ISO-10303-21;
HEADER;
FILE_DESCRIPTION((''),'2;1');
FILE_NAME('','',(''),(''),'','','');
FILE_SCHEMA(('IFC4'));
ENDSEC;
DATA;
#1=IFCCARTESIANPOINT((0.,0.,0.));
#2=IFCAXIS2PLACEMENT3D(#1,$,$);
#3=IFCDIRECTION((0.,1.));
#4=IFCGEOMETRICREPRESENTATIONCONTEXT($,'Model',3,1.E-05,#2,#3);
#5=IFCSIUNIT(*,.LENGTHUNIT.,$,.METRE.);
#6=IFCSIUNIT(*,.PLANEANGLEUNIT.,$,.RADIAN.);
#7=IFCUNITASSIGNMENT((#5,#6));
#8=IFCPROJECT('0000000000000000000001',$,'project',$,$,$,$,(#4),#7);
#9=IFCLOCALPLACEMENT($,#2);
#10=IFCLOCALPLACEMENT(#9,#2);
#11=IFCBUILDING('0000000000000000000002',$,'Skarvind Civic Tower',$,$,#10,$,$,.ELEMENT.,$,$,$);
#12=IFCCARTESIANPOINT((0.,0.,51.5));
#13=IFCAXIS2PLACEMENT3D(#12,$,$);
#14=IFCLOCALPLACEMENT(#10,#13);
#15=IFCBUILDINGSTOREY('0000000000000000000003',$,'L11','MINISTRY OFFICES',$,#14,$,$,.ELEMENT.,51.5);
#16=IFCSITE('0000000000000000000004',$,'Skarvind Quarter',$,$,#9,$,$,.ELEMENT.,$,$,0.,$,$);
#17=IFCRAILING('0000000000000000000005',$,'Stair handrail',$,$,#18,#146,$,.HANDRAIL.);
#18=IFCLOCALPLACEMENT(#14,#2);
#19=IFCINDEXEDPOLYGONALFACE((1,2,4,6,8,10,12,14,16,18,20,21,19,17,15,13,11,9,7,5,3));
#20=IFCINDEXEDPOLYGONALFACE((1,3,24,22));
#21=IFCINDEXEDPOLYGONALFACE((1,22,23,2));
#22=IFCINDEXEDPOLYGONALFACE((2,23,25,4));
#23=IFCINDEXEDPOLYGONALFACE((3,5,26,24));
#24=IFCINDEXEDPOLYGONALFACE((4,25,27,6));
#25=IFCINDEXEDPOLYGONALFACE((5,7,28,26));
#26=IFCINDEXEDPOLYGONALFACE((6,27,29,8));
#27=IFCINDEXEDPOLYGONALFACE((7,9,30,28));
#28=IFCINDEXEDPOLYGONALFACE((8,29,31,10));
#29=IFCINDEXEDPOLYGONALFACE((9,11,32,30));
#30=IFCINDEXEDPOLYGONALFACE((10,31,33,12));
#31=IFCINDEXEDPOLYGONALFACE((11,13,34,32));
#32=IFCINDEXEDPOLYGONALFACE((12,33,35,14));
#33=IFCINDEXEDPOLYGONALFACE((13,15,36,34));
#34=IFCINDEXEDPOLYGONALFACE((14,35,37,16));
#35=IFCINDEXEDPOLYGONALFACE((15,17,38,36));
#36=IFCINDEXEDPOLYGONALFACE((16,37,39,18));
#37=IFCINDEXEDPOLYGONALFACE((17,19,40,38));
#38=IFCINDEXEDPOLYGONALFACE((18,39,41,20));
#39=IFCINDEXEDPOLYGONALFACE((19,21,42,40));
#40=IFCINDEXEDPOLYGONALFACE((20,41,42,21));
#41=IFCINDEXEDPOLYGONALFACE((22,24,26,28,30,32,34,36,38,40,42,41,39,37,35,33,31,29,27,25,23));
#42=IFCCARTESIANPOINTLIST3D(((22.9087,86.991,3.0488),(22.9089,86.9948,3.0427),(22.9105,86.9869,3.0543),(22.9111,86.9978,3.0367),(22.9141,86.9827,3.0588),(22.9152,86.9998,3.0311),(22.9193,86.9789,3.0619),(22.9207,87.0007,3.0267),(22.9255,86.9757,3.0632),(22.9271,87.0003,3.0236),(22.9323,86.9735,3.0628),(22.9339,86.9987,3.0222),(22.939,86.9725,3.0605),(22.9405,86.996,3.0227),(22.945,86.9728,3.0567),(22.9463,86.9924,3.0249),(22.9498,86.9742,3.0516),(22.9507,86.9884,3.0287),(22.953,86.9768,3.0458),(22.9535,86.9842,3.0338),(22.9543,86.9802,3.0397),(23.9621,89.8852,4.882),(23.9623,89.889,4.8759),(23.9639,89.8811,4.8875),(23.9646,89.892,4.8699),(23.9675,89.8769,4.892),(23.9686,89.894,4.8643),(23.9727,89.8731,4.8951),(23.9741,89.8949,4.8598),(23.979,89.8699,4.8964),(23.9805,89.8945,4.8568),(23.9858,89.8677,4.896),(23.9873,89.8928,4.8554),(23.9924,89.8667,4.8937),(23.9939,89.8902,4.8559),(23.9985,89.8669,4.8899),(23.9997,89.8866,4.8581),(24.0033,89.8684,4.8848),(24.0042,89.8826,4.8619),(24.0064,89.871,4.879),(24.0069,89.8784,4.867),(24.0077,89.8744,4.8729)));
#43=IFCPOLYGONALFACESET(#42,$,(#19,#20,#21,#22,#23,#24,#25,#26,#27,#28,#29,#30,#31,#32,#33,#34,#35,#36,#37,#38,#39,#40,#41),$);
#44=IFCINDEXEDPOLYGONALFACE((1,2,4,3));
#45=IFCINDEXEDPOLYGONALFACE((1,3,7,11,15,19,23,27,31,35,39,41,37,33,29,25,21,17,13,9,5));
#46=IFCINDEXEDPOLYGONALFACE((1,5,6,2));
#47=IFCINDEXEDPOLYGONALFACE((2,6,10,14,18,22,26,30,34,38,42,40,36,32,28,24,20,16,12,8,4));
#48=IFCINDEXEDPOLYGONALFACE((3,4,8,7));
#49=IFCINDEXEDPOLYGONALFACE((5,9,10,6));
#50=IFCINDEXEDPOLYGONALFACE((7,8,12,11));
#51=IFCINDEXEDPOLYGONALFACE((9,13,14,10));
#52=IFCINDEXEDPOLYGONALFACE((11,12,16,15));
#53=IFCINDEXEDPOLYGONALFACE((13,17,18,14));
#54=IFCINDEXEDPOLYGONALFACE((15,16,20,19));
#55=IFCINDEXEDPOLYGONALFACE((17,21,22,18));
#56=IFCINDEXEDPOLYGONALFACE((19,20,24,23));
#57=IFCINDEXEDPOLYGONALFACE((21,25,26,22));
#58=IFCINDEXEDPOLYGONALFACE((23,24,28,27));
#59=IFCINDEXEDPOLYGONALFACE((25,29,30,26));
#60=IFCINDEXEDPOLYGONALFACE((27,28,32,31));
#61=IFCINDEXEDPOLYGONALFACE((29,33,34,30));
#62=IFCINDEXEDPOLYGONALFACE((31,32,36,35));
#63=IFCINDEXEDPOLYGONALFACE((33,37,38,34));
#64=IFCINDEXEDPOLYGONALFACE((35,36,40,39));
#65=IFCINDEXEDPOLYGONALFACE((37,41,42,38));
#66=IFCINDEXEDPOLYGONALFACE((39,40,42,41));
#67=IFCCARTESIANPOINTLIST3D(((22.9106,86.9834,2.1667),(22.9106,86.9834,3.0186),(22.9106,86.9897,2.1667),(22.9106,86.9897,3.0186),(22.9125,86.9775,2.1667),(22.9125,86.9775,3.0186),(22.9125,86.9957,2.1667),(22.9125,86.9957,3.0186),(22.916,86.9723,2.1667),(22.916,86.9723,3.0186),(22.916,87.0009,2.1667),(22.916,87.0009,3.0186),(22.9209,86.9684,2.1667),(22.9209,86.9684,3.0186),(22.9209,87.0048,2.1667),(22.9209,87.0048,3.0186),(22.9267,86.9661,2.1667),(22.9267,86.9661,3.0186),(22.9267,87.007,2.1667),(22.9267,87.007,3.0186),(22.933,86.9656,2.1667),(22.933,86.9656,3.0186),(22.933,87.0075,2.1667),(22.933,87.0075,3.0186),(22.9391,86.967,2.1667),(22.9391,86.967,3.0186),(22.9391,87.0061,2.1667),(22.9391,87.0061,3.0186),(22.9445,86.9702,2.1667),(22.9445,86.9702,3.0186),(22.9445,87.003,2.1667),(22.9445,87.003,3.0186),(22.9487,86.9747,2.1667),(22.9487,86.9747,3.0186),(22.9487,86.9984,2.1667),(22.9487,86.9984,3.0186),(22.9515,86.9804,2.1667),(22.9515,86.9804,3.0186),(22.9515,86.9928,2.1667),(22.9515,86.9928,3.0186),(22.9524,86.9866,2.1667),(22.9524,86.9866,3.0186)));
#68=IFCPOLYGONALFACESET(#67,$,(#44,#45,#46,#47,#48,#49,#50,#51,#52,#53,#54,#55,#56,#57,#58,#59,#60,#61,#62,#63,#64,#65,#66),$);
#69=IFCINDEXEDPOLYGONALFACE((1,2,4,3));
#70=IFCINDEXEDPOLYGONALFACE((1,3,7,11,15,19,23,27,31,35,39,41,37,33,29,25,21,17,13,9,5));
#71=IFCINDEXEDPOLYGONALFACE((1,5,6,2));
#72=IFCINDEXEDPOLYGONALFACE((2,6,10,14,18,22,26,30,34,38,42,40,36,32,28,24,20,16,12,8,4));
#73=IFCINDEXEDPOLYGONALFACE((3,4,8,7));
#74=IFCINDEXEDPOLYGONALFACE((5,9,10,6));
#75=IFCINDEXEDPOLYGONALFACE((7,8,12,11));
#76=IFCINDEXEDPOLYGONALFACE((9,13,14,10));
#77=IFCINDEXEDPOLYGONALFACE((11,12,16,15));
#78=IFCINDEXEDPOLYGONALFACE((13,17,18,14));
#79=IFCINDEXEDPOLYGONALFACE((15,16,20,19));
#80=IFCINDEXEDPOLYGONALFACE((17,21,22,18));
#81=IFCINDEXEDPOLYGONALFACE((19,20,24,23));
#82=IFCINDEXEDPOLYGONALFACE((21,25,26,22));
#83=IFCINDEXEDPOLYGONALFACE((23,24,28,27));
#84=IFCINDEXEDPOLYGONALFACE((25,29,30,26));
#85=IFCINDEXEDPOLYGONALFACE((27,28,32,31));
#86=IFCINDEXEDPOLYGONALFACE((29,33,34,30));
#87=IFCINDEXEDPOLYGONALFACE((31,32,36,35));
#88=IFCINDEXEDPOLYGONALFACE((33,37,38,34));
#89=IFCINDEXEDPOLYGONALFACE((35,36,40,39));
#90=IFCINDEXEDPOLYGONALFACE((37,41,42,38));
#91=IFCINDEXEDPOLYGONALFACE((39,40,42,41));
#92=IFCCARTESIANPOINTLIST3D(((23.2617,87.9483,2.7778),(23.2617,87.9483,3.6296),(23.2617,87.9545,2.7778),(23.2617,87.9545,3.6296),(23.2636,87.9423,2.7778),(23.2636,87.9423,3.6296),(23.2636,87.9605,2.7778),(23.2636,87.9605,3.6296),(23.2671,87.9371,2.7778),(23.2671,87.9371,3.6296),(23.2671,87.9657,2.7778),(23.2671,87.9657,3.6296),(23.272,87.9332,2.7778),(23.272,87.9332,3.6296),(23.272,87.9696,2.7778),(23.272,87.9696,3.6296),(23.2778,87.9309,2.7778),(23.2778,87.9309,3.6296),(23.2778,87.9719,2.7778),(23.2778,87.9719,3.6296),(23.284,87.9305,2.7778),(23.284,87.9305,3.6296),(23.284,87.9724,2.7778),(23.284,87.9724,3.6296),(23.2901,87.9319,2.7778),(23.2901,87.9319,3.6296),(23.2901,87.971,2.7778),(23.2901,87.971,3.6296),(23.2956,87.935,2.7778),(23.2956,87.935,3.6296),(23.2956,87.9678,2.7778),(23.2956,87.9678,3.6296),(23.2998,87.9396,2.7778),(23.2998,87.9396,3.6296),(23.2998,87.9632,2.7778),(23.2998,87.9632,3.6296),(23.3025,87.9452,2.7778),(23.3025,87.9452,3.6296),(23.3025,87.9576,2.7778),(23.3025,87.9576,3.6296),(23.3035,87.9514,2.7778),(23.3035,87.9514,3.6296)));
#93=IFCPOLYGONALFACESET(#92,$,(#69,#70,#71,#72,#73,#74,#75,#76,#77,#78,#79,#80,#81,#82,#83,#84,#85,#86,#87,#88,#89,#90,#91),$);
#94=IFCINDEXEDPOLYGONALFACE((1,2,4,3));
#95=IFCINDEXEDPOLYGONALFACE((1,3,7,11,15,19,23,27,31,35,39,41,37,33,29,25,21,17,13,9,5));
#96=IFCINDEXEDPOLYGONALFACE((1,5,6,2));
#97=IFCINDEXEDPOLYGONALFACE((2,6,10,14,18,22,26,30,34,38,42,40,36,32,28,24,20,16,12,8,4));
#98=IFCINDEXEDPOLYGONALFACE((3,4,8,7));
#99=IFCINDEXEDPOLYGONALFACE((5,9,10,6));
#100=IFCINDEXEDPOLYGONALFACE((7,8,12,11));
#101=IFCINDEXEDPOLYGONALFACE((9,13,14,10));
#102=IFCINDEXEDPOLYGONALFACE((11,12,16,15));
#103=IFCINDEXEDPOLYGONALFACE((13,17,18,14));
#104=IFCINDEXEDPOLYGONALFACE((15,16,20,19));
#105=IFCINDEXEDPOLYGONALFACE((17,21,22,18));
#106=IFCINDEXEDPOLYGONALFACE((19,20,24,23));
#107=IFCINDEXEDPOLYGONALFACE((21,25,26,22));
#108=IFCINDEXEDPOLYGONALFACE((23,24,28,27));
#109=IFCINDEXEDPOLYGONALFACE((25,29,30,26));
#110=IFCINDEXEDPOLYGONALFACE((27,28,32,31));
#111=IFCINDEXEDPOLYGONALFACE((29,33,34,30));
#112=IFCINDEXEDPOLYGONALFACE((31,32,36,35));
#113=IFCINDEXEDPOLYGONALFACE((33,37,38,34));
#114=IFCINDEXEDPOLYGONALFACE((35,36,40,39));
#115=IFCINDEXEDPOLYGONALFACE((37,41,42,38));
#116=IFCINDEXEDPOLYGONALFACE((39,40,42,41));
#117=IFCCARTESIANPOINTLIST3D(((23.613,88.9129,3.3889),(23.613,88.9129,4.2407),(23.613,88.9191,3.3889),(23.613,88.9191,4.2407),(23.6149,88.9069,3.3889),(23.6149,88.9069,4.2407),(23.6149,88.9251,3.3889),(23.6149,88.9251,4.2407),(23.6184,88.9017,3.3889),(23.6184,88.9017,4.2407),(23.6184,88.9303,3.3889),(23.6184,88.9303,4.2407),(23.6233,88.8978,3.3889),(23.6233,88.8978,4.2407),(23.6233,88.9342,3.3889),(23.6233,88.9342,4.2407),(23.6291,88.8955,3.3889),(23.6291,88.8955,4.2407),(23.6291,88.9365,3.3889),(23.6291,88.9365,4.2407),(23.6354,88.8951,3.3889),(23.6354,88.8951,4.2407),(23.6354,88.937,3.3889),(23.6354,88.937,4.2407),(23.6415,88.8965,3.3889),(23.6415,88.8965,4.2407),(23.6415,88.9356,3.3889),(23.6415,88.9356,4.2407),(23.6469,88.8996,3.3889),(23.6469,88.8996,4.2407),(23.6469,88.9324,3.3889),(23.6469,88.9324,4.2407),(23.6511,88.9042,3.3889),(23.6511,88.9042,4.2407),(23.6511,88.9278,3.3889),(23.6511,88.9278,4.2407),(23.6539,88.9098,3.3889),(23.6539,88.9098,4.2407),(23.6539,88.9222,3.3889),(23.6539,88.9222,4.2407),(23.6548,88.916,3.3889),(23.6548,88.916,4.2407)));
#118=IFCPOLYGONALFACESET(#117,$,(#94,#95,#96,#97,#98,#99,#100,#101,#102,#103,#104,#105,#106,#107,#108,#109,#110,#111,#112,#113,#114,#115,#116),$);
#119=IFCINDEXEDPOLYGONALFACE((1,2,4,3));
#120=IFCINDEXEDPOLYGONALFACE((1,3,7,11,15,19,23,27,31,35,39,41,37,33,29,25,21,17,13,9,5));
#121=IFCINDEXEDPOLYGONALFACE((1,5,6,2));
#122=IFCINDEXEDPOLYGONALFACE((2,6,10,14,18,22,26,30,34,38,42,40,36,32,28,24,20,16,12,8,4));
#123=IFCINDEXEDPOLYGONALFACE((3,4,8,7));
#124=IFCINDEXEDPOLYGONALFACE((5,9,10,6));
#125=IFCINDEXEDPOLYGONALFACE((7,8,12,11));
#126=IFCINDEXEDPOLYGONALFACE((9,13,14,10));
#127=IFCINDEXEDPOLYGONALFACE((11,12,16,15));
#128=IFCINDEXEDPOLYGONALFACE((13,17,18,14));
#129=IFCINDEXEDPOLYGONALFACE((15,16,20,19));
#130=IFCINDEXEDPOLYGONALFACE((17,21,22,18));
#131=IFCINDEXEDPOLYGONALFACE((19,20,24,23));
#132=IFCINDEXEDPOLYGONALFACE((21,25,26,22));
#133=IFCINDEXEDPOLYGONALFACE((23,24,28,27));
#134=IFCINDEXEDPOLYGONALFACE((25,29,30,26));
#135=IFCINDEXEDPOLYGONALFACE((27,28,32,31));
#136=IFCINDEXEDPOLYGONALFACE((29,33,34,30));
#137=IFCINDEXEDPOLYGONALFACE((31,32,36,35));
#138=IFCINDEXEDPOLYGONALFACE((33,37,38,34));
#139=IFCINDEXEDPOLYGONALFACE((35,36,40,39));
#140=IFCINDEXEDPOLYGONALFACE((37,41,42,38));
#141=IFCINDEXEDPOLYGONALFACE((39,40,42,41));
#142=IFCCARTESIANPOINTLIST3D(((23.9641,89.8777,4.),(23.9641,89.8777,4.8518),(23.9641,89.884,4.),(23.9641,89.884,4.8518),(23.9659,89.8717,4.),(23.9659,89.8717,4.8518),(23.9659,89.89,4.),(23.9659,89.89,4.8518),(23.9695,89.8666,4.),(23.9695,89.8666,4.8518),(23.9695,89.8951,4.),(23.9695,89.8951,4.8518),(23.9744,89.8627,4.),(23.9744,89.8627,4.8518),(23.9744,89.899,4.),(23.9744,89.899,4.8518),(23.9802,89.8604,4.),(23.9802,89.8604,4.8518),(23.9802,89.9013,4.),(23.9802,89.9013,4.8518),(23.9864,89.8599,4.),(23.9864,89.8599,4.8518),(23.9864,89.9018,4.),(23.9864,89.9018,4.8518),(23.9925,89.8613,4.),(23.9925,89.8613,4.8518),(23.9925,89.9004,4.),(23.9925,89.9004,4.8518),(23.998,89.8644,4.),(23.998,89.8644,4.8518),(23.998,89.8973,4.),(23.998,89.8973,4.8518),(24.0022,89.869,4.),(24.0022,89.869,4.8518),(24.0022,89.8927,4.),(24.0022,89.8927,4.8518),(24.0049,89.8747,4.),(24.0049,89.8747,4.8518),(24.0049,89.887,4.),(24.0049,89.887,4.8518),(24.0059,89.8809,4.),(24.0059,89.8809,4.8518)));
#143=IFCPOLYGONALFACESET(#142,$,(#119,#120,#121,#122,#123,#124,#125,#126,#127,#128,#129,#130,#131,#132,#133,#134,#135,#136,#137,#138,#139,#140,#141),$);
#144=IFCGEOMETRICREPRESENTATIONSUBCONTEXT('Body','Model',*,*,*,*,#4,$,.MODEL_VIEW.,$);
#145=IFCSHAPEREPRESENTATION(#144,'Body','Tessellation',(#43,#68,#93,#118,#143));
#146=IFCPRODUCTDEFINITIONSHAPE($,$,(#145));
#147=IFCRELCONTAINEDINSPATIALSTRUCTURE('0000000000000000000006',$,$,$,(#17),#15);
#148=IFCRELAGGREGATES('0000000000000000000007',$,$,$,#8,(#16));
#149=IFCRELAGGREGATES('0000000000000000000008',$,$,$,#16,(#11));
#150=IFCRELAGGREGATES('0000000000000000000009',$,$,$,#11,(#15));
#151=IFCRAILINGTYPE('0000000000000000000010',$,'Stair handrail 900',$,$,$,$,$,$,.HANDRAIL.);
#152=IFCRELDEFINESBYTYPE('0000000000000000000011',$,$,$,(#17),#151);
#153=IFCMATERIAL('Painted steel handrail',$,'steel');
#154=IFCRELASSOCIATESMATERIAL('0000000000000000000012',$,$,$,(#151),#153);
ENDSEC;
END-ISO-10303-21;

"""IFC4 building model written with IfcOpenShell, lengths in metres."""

from ifc_helpers import new_model, si_unit, direction, frame, origin, origin_2d, place, context, subcontext, project, spatial, circle, extrude, material, type_object, element, save


model = new_model("IFC4")

# Units and contexts
model_context = context("Model", 3, precision=1e-05, world=origin(), true_north=direction((0.0, 1.0)))
body_context = subcontext(model_context, "Body", "Model", "MODEL_VIEW")
ifc_project = project(units=[si_unit("LENGTHUNIT", "METRE"), si_unit("PLANEANGLEUNIT", "RADIAN")], contexts=[model_context])

# Site, building, storey
site_placement = place(None, origin())
site = spatial("IfcSite", under=ifc_project, at=site_placement, Name="Skarvind Quarter", CompositionType="ELEMENT", RefElevation=0.0)
building_placement = place(site_placement, origin())
building = spatial("IfcBuilding", under=site, at=building_placement, Name="Skarvind Civic Tower", CompositionType="ELEMENT")
storey_placement = place(building_placement, frame((0.0, 0.0, 51.5)))
storey = spatial("IfcBuildingStorey", under=building, at=storey_placement, Name="L11", Description="MINISTRY OFFICES", CompositionType="ELEMENT", Elevation=51.5)

# Railing
ifc_material_1 = material(Name="Painted steel handrail", Category="steel")
railing_type = type_object("IfcRailingType", Name="Stair handrail 900", PredefinedType="HANDRAIL", material=ifc_material_1)
railing_1_placement = place(storey_placement, frame((22.9314, 86.9866, 2.1667)))
element("IfcRailing", 1, at=railing_1_placement, inside=storey, type_object=railing_type, Name="Stair handrail", PredefinedType="HANDRAIL", context=body_context, shape_type="SweptSolid", body=[
    extrude(circle(Radius=0.0239, at=origin_2d()), frame((0.0, 0.0, 0.876), z_axis=(0.293908, 0.807481, 0.511461), x_axis=(-0.939689, 0.342029, 0.0)), (0.0, 0.0, 1.0), 3.5842),
    extrude(circle(Radius=0.021, at=origin_2d()), origin(), (0.0, 0.0, 1.0), 0.8518),
    extrude(circle(Radius=0.021, at=origin_2d()), frame((0.3511, 0.9648, 0.6111)), (0.0, 0.0, 1.0), 0.8518),
    extrude(circle(Radius=0.021, at=origin_2d()), frame((0.7024, 1.9294, 1.2222)), (0.0, 0.0, 1.0), 0.8518),
    extrude(circle(Radius=0.021, at=origin_2d()), frame((1.0535, 2.8943, 1.8333)), (0.0, 0.0, 1.0), 0.8518),
])

save(model, "model.ifc")
